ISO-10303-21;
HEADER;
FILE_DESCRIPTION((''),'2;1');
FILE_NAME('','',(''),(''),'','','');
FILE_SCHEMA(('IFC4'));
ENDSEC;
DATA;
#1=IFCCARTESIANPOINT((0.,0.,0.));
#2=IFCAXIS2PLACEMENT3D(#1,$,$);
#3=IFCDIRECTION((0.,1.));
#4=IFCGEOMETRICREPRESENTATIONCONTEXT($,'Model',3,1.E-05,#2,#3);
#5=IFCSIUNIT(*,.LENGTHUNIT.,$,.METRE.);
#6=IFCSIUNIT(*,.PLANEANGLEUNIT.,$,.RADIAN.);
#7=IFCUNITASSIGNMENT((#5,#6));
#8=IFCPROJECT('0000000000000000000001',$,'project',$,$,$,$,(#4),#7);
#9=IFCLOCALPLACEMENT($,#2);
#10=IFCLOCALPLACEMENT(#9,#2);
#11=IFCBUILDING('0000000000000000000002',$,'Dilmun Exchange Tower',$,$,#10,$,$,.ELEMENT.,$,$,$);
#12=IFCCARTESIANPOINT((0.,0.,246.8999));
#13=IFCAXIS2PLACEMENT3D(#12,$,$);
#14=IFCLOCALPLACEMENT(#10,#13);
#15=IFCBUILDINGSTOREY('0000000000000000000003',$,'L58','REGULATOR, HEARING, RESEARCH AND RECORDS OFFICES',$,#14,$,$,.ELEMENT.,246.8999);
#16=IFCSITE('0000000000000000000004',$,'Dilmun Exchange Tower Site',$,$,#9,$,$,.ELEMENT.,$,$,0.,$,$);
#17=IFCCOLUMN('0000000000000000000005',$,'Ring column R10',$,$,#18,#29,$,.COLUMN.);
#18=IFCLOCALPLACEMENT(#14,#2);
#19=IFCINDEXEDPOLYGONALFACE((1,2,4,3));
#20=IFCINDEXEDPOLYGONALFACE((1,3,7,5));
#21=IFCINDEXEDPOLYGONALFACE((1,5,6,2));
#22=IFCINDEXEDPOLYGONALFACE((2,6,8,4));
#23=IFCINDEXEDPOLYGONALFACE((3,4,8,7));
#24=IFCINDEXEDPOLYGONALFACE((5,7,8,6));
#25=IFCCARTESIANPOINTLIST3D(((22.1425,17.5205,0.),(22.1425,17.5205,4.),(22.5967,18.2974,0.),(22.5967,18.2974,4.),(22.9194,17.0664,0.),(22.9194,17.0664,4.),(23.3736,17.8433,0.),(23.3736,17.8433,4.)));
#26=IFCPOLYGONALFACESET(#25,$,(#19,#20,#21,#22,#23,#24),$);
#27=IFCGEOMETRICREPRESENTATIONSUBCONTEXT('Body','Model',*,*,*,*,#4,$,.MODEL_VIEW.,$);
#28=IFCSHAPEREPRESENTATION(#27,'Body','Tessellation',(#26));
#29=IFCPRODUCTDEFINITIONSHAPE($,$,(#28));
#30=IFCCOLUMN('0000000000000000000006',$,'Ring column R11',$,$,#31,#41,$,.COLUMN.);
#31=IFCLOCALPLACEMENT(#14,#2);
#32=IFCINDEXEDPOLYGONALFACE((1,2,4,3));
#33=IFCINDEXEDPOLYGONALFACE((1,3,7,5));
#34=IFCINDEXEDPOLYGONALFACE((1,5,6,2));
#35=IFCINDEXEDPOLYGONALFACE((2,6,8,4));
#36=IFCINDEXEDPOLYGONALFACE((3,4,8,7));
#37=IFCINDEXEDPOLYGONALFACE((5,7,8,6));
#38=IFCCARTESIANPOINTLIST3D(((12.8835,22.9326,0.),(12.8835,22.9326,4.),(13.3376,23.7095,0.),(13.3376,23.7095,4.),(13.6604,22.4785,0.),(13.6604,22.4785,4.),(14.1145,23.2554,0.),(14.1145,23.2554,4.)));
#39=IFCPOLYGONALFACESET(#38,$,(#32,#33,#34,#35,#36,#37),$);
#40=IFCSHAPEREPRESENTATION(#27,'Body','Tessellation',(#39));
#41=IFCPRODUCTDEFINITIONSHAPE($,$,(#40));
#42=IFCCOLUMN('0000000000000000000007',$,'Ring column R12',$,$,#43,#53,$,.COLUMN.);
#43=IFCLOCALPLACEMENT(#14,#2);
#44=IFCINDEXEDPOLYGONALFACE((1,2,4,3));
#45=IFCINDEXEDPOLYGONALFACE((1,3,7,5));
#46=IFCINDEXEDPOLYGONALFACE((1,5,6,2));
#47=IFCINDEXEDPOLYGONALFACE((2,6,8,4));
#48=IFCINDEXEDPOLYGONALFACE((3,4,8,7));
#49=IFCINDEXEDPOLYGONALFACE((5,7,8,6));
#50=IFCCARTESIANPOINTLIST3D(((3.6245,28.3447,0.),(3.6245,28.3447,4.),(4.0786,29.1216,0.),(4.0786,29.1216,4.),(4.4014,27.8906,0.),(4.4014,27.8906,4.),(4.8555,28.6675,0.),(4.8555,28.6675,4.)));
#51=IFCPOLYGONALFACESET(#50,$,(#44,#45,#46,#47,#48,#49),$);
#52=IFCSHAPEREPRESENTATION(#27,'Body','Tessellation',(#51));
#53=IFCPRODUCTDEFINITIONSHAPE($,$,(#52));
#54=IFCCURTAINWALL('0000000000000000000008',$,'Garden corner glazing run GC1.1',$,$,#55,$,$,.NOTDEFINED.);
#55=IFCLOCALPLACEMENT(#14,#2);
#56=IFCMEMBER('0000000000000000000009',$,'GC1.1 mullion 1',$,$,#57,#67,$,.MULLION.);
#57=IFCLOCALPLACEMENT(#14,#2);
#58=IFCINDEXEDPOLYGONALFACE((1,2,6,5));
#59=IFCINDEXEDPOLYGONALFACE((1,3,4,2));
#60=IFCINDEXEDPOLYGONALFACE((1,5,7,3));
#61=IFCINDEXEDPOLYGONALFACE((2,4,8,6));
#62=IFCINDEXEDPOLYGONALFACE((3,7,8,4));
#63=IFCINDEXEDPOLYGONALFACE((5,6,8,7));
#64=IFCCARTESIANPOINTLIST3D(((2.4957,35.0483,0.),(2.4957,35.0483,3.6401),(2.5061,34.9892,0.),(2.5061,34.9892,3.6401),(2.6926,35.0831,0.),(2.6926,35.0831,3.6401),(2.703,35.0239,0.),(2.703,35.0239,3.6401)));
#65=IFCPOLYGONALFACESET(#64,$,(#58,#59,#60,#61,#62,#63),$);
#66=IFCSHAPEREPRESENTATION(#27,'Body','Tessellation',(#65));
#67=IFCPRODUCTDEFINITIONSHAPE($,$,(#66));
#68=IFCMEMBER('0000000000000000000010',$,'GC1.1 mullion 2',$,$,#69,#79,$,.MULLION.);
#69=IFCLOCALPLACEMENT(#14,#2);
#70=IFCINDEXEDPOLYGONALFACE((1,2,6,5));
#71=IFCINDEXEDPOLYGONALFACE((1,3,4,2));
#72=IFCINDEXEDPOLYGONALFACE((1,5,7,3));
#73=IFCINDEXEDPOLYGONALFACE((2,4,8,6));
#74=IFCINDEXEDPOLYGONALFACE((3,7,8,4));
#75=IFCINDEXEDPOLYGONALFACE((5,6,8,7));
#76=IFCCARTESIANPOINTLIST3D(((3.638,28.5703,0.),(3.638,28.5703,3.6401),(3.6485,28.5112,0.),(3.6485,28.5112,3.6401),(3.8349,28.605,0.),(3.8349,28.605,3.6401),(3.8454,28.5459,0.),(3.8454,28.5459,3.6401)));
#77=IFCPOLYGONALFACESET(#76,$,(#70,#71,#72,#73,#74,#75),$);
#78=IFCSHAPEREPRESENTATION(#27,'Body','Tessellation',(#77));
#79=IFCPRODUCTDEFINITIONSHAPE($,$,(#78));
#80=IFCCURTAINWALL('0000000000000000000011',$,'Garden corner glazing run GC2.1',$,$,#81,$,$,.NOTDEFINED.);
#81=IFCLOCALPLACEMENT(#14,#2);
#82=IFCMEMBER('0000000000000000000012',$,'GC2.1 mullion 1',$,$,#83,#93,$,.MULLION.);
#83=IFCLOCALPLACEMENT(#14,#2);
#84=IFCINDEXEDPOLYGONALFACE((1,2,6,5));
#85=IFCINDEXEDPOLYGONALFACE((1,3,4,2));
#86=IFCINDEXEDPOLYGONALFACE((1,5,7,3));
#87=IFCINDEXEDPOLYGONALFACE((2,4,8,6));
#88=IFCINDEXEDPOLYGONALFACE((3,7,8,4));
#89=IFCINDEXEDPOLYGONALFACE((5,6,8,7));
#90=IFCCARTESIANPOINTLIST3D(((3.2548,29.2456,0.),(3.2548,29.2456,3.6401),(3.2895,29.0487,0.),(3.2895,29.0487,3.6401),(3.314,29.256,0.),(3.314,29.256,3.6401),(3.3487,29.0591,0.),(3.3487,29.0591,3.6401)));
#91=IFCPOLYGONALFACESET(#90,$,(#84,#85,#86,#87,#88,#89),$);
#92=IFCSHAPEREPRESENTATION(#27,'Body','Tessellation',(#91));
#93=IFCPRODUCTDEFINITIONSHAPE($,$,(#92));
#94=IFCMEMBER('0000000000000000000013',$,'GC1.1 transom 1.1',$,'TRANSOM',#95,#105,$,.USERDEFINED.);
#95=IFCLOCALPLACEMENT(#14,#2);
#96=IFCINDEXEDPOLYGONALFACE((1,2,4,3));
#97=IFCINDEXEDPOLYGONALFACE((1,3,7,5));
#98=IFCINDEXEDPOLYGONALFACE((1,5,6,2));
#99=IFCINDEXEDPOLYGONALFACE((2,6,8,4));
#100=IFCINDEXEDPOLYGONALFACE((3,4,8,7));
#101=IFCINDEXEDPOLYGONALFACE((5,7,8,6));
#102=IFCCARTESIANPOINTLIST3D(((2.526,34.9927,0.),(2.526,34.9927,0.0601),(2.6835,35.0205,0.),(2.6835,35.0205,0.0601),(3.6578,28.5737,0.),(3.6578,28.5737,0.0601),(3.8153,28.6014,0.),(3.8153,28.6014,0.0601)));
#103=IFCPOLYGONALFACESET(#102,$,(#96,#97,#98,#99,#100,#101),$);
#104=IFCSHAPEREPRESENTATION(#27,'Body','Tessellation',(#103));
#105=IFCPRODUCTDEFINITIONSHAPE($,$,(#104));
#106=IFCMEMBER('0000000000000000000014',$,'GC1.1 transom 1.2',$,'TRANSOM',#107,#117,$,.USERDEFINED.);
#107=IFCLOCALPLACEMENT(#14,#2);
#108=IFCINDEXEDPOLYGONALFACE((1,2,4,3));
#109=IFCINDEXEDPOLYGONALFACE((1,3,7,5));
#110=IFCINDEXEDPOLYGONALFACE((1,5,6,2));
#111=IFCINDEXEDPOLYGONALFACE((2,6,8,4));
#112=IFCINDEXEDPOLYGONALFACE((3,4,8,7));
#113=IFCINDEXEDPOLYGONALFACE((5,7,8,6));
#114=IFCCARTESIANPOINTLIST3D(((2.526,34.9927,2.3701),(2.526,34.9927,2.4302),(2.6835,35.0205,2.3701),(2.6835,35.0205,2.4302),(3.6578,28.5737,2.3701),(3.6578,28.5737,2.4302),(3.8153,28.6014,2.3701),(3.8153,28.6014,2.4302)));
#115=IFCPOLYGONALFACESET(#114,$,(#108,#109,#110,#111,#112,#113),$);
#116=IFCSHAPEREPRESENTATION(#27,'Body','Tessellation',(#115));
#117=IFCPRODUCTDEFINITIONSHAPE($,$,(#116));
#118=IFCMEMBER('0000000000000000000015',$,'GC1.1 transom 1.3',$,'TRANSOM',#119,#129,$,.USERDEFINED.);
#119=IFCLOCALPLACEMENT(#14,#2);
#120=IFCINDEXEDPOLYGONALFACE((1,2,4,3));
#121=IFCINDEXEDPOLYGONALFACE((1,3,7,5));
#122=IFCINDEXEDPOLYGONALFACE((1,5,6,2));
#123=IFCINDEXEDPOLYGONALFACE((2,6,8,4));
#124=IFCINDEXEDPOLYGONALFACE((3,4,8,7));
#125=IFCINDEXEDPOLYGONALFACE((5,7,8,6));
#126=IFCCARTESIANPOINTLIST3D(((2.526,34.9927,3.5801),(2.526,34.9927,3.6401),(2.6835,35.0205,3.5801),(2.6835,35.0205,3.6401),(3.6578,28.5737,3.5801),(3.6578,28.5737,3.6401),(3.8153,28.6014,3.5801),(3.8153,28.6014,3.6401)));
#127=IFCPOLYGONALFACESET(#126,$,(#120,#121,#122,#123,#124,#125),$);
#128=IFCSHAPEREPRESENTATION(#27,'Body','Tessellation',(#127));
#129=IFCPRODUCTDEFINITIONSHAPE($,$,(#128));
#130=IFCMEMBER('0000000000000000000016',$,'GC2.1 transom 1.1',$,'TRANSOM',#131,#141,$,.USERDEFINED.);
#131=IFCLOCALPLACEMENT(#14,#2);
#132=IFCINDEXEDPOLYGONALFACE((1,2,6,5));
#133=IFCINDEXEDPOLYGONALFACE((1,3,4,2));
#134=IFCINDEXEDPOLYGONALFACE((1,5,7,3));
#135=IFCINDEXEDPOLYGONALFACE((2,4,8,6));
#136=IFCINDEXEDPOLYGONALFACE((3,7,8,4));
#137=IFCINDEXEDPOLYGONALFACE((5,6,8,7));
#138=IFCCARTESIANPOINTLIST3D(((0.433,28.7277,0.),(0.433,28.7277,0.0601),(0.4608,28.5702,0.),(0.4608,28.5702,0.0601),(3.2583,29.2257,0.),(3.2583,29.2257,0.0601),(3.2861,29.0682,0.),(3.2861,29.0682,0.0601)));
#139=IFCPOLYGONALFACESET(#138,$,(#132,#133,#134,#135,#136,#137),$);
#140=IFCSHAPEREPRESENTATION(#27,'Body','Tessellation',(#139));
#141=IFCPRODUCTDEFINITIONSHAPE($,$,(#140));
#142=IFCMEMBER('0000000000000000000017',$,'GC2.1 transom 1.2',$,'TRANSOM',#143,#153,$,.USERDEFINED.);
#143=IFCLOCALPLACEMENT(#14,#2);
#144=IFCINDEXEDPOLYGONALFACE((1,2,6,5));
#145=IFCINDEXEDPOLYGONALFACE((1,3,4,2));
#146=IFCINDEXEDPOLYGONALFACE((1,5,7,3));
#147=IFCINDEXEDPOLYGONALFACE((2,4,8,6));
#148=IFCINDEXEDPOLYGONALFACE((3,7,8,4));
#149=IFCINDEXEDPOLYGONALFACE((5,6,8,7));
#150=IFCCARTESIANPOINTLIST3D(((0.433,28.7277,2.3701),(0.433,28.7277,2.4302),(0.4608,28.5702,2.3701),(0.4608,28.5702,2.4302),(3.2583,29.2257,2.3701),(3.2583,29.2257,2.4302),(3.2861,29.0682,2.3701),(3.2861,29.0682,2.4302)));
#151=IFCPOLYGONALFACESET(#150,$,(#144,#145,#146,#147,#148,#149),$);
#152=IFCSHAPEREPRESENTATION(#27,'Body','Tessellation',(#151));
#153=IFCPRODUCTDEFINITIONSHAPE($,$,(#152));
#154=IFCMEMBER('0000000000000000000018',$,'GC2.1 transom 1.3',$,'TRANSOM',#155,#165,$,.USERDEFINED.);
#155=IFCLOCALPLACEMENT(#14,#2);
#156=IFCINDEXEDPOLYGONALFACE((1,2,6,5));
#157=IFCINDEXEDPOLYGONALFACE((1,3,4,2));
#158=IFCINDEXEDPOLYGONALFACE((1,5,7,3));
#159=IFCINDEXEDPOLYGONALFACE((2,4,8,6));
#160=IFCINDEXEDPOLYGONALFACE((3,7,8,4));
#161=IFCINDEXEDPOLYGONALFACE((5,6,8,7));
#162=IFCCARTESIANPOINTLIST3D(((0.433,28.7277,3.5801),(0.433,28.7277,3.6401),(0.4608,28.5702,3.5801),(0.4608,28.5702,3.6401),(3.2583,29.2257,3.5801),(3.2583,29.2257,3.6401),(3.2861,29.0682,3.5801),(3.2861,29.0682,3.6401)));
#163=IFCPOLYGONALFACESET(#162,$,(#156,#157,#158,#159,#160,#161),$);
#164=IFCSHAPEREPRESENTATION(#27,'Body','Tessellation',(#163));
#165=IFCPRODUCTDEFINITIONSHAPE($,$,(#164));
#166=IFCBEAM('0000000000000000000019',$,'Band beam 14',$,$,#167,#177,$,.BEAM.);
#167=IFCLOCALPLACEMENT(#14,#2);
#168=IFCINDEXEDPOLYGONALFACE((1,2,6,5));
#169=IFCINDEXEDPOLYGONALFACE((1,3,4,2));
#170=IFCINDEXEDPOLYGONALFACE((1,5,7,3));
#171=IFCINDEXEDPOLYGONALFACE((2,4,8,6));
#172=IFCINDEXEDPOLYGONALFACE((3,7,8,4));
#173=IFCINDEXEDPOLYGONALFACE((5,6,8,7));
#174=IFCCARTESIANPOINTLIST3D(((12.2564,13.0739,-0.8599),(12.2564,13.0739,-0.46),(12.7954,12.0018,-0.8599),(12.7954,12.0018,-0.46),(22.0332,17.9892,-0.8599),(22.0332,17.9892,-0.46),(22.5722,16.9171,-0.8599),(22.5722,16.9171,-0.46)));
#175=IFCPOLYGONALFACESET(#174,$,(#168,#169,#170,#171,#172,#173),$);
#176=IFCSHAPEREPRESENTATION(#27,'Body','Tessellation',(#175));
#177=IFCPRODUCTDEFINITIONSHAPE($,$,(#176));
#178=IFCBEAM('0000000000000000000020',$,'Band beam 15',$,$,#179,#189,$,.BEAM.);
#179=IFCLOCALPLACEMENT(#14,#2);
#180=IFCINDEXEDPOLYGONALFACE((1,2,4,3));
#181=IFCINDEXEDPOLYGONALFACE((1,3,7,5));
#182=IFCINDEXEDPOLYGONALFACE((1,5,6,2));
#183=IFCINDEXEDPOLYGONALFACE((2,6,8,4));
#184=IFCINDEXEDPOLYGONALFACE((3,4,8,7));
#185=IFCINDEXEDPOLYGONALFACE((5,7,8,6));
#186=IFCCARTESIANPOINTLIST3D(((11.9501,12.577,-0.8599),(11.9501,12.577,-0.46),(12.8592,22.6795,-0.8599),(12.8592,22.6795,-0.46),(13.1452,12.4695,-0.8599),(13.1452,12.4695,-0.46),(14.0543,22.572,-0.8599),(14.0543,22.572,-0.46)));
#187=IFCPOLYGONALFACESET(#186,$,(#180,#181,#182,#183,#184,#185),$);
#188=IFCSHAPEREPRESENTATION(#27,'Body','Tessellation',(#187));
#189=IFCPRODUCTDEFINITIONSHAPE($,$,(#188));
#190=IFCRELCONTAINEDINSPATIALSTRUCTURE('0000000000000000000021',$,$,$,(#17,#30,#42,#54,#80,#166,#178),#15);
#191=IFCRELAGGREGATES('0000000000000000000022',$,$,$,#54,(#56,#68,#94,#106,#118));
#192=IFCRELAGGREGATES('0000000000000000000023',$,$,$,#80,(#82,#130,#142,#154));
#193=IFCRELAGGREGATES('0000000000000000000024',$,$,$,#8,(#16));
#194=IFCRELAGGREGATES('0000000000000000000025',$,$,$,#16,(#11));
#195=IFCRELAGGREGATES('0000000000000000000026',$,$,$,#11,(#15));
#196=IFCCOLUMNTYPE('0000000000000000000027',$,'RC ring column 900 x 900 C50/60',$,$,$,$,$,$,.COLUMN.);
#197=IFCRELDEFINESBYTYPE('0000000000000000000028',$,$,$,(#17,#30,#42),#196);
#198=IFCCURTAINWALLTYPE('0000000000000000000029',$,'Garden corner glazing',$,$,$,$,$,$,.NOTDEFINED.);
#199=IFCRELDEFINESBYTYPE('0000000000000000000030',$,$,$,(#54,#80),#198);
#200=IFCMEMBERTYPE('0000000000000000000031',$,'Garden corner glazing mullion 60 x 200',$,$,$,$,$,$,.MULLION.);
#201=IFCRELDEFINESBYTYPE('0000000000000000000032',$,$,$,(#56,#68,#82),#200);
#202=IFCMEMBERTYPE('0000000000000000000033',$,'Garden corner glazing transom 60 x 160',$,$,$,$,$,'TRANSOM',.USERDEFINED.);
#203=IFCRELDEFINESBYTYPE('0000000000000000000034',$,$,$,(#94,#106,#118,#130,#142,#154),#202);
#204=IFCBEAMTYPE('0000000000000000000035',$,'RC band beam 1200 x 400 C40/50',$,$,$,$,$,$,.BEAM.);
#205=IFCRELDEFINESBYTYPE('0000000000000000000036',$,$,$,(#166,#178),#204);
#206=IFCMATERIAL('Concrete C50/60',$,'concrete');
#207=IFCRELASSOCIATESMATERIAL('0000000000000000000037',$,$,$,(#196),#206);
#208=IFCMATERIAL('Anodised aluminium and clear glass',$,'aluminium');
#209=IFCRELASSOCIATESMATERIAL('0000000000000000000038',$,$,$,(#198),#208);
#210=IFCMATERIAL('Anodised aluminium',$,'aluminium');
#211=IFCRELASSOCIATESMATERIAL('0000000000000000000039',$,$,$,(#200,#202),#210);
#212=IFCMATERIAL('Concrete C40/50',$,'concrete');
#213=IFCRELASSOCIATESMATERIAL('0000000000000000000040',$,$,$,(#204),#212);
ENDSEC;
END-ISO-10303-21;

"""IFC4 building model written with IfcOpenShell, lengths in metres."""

from ifc_helpers import new_model, si_unit, direction, frame, origin, origin_2d, place, context, subcontext, project, spatial, rectangle, extrude, material, material_profile, profile_set, type_object, element, aggregate, save


model = new_model("IFC4")

# Units and contexts
model_context = context("Model", 3, precision=1e-05, world=origin(), true_north=direction((0.0, 1.0)))
body_context = subcontext(model_context, "Body", "Model", "MODEL_VIEW")
ifc_project = project(units=[si_unit("LENGTHUNIT", "METRE"), si_unit("PLANEANGLEUNIT", "RADIAN")], contexts=[model_context])

# Site, building, storey
site_placement = place(None, origin())
site = spatial("IfcSite", under=ifc_project, at=site_placement, Name="Dilmun Exchange Tower Site", CompositionType="ELEMENT", RefElevation=0.0)
building_placement = place(site_placement, origin())
building = spatial("IfcBuilding", under=site, at=building_placement, Name="Dilmun Exchange Tower", CompositionType="ELEMENT")
storey_placement = place(building_placement, frame((0.0, 0.0, 246.8999)))
storey = spatial("IfcBuildingStorey", under=building, at=storey_placement, Name="L58", Description="REGULATOR, HEARING, RESEARCH AND RECORDS OFFICES", CompositionType="ELEMENT", Elevation=246.8999)

# Columns
ifc_material_1 = material(Name="Concrete C50/60", Category="concrete")
ifc_material_profile_1 = material_profile(ifc_material_1, rectangle(XDim=0.8999, YDim=0.8999, at=origin_2d()), Name="900 x 900")
ifc_profile_set_1 = profile_set([ifc_material_profile_1], Name="Concrete C50/60")
column_type = type_object("IfcColumnType", Name="RC ring column 900 x 900 C50/60", PredefinedType="COLUMN", material=ifc_profile_set_1)
for number, where, z_axis, x_axis, name in (
    (1, (22.7581, 17.6819, 0.0), (0.0, 0.0, 1.0), (0.504644, 0.863328, 0.0), "Ring column R10"),
    (2, (13.499, 23.094, 0.0), (0.0, 0.0, 1.0), (0.504644, 0.863328, 0.0), "Ring column R11"),
    (3, (4.24, 28.5061, 0.0), (0.0, 0.0, 1.0), (0.504644, 0.863328, 0.0), "Ring column R12"),
):
    element("IfcColumn", number, at=place(storey_placement, frame(where, z_axis=z_axis, x_axis=x_axis)), inside=storey, type_object=column_type, Name=name, PredefinedType="COLUMN", context=body_context, shape_type="SweptSolid", body=[
        extrude(rectangle(XDim=0.8999, YDim=0.8999, at=origin_2d()), origin(), (0.0, 0.0, 1.0), 4.0),
    ])

# Curtain wall, members
ifc_material_2 = material(Name="Anodised aluminium and clear glass", Category="aluminium")
curtain_wall_type = type_object("IfcCurtainWallType", Name="Garden corner glazing", PredefinedType="NOTDEFINED", material=ifc_material_2)
curtain_wall_1_placement = place(storey_placement, origin())
curtain_wall_1 = element("IfcCurtainWall", 4, at=curtain_wall_1_placement, inside=storey, type_object=curtain_wall_type, Name="Garden corner glazing run GC1.1", PredefinedType="NOTDEFINED")
ifc_material_3 = material(Name="Anodised aluminium", Category="aluminium")
ifc_material_profile_2 = material_profile(ifc_material_3, rectangle(XDim=0.2, YDim=0.0601, at=origin_2d()), Name="AL 60x200")
ifc_profile_set_2 = profile_set([ifc_material_profile_2], Name="Anodised aluminium")
member_type_1 = type_object("IfcMemberType", Name="Garden corner glazing mullion 60 x 200", PredefinedType="MULLION", material=ifc_profile_set_2)
member_1_placement = place(storey_placement, frame((2.5994, 35.0361, 0.0), z_axis=(0.0, 0.0, 1.0), x_axis=(0.984807, 0.17365, 0.0)))
member_1 = element("IfcMember", 5, at=member_1_placement, type_object=member_type_1, Name="GC1.1 mullion 1", PredefinedType="MULLION", context=body_context, shape_type="SweptSolid", body=[
    extrude(rectangle(XDim=0.2, YDim=0.0601, at=origin_2d()), origin(), (0.0, 0.0, 1.0), 3.6401),
])
member_2_placement = place(storey_placement, frame((3.7417, 28.5581, 0.0), z_axis=(0.0, 0.0, 1.0), x_axis=(0.984807, 0.17365, 0.0)))
member_2 = element("IfcMember", 6, at=member_2_placement, type_object=member_type_1, Name="GC1.1 mullion 2", PredefinedType="MULLION", context=body_context, shape_type="SweptSolid", body=[
    extrude(rectangle(XDim=0.2, YDim=0.0601, at=origin_2d()), origin(), (0.0, 0.0, 1.0), 3.6401),
])

# Curtain wall, member
curtain_wall_2_placement = place(storey_placement, origin())
curtain_wall_2 = element("IfcCurtainWall", 7, at=curtain_wall_2_placement, inside=storey, type_object=curtain_wall_type, Name="Garden corner glazing run GC2.1", PredefinedType="NOTDEFINED")
member_3_placement = place(storey_placement, frame((3.3018, 29.1523, 0.0), z_axis=(0.0, 0.0, 1.0), x_axis=(0.173631, -0.984811, 0.0)))
member_3 = element("IfcMember", 8, at=member_3_placement, type_object=member_type_1, Name="GC2.1 mullion 1", PredefinedType="MULLION", context=body_context, shape_type="SweptSolid", body=[
    extrude(rectangle(XDim=0.2, YDim=0.0601, at=origin_2d()), origin(), (0.0, 0.0, 1.0), 3.6401),
])

# Members
ifc_material_profile_3 = material_profile(ifc_material_3, rectangle(XDim=0.1599, YDim=0.0601, at=origin_2d()), Name="AL 60x160")
ifc_profile_set_3 = profile_set([ifc_material_profile_3], Name="Anodised aluminium")
member_type_2 = type_object("IfcMemberType", Name="Garden corner glazing transom 60 x 160", ElementType="TRANSOM", PredefinedType="USERDEFINED", material=ifc_profile_set_3)
member_4_placement = place(storey_placement, frame((2.6047, 35.0066, 0.03), z_axis=(0.173649, -0.984808, 0.0), x_axis=(0.984808, 0.173649, 0.0)))
member_4 = element("IfcMember", 9, at=member_4_placement, type_object=member_type_2, Name="GC1.1 transom 1.1", ObjectType="TRANSOM", PredefinedType="USERDEFINED", context=body_context, shape_type="SweptSolid", body=[
    extrude(rectangle(XDim=0.1599, YDim=0.0601, at=origin_2d()), origin(), (0.0, 0.0, 1.0), 6.5181),
])
member_5_placement = place(storey_placement, frame((2.6047, 35.0066, 2.4001), z_axis=(0.173649, -0.984808, 0.0), x_axis=(0.984808, 0.173649, 0.0)))
member_5 = element("IfcMember", 10, at=member_5_placement, type_object=member_type_2, Name="GC1.1 transom 1.2", ObjectType="TRANSOM", PredefinedType="USERDEFINED", context=body_context, shape_type="SweptSolid", body=[
    extrude(rectangle(XDim=0.1599, YDim=0.0601, at=origin_2d()), origin(), (0.0, 0.0, 1.0), 6.5181),
])
member_6_placement = place(storey_placement, frame((2.6047, 35.0066, 3.6101), z_axis=(0.173649, -0.984808, 0.0), x_axis=(0.984808, 0.173649, 0.0)))
member_6 = element("IfcMember", 11, at=member_6_placement, type_object=member_type_2, Name="GC1.1 transom 1.3", ObjectType="TRANSOM", PredefinedType="USERDEFINED", context=body_context, shape_type="SweptSolid", body=[
    extrude(rectangle(XDim=0.1599, YDim=0.0601, at=origin_2d()), origin(), (0.0, 0.0, 1.0), 6.5181),
])
member_7_placement = place(storey_placement, frame((3.2722, 29.147, 0.03), z_axis=(-0.984817, -0.173596, 0.0), x_axis=(0.173596, -0.984817, 0.0)))
member_7 = element("IfcMember", 12, at=member_7_placement, type_object=member_type_2, Name="GC2.1 transom 1.1", ObjectType="TRANSOM", PredefinedType="USERDEFINED", context=body_context, shape_type="SweptSolid", body=[
    extrude(rectangle(XDim=0.1599, YDim=0.0601, at=origin_2d()), origin(), (0.0, 0.0, 1.0), 2.8689),
])
member_8_placement = place(storey_placement, frame((3.2722, 29.147, 2.4001), z_axis=(-0.984817, -0.173596, 0.0), x_axis=(0.173596, -0.984817, 0.0)))
member_8 = element("IfcMember", 13, at=member_8_placement, type_object=member_type_2, Name="GC2.1 transom 1.2", ObjectType="TRANSOM", PredefinedType="USERDEFINED", context=body_context, shape_type="SweptSolid", body=[
    extrude(rectangle(XDim=0.1599, YDim=0.0601, at=origin_2d()), origin(), (0.0, 0.0, 1.0), 2.8689),
])
member_9_placement = place(storey_placement, frame((3.2722, 29.147, 3.6101), z_axis=(-0.984817, -0.173596, 0.0), x_axis=(0.173596, -0.984817, 0.0)))
member_9 = element("IfcMember", 14, at=member_9_placement, type_object=member_type_2, Name="GC2.1 transom 1.3", ObjectType="TRANSOM", PredefinedType="USERDEFINED", context=body_context, shape_type="SweptSolid", body=[
    extrude(rectangle(XDim=0.1599, YDim=0.0601, at=origin_2d()), origin(), (0.0, 0.0, 1.0), 2.8689),
])

# Beams
ifc_material_4 = material(Name="Concrete C40/50", Category="concrete")
ifc_material_profile_4 = material_profile(ifc_material_4, rectangle(XDim=1.2, YDim=0.3999, at=origin_2d()), Name="1200 x 400")
ifc_profile_set_4 = profile_set([ifc_material_profile_4], Name="Concrete C40/50")
beam_type_1 = type_object("IfcBeamType", Name="RC band beam 1200 x 400 C40/50", PredefinedType="BEAM", material=ifc_profile_set_4)
beam_1_placement = place(storey_placement, frame((22.3027, 17.4531, -0.6599), z_axis=(-0.893443, -0.449176, 0.0), x_axis=(0.449176, -0.893443, 0.0)))
element("IfcBeam", 15, at=beam_1_placement, inside=storey, type_object=beam_type_1, Name="Band beam 14", PredefinedType="BEAM", context=body_context, shape_type="SweptSolid", body=[
    extrude(rectangle(XDim=1.2, YDim=0.3999, at=origin_2d()), origin(), (0.0, 0.0, 1.0), 10.9429),
])
beam_2_placement = place(storey_placement, frame((13.4568, 22.6257, -0.6599), z_axis=(-0.089633, -0.995975, 0.0), x_axis=(0.995975, -0.089633, 0.0)))
element("IfcBeam", 16, at=beam_2_placement, inside=storey, type_object=beam_type_1, Name="Band beam 15", PredefinedType="BEAM", context=body_context, shape_type="SweptSolid", body=[
    extrude(rectangle(XDim=1.2, YDim=0.3999, at=origin_2d()), origin(), (0.0, 0.0, 1.0), 10.1433),
])

aggregate(curtain_wall_1, [member_1, member_2, member_4, member_5, member_6])
aggregate(curtain_wall_2, [member_3, member_7, member_8, member_9])

save(model, "model.ifc")
